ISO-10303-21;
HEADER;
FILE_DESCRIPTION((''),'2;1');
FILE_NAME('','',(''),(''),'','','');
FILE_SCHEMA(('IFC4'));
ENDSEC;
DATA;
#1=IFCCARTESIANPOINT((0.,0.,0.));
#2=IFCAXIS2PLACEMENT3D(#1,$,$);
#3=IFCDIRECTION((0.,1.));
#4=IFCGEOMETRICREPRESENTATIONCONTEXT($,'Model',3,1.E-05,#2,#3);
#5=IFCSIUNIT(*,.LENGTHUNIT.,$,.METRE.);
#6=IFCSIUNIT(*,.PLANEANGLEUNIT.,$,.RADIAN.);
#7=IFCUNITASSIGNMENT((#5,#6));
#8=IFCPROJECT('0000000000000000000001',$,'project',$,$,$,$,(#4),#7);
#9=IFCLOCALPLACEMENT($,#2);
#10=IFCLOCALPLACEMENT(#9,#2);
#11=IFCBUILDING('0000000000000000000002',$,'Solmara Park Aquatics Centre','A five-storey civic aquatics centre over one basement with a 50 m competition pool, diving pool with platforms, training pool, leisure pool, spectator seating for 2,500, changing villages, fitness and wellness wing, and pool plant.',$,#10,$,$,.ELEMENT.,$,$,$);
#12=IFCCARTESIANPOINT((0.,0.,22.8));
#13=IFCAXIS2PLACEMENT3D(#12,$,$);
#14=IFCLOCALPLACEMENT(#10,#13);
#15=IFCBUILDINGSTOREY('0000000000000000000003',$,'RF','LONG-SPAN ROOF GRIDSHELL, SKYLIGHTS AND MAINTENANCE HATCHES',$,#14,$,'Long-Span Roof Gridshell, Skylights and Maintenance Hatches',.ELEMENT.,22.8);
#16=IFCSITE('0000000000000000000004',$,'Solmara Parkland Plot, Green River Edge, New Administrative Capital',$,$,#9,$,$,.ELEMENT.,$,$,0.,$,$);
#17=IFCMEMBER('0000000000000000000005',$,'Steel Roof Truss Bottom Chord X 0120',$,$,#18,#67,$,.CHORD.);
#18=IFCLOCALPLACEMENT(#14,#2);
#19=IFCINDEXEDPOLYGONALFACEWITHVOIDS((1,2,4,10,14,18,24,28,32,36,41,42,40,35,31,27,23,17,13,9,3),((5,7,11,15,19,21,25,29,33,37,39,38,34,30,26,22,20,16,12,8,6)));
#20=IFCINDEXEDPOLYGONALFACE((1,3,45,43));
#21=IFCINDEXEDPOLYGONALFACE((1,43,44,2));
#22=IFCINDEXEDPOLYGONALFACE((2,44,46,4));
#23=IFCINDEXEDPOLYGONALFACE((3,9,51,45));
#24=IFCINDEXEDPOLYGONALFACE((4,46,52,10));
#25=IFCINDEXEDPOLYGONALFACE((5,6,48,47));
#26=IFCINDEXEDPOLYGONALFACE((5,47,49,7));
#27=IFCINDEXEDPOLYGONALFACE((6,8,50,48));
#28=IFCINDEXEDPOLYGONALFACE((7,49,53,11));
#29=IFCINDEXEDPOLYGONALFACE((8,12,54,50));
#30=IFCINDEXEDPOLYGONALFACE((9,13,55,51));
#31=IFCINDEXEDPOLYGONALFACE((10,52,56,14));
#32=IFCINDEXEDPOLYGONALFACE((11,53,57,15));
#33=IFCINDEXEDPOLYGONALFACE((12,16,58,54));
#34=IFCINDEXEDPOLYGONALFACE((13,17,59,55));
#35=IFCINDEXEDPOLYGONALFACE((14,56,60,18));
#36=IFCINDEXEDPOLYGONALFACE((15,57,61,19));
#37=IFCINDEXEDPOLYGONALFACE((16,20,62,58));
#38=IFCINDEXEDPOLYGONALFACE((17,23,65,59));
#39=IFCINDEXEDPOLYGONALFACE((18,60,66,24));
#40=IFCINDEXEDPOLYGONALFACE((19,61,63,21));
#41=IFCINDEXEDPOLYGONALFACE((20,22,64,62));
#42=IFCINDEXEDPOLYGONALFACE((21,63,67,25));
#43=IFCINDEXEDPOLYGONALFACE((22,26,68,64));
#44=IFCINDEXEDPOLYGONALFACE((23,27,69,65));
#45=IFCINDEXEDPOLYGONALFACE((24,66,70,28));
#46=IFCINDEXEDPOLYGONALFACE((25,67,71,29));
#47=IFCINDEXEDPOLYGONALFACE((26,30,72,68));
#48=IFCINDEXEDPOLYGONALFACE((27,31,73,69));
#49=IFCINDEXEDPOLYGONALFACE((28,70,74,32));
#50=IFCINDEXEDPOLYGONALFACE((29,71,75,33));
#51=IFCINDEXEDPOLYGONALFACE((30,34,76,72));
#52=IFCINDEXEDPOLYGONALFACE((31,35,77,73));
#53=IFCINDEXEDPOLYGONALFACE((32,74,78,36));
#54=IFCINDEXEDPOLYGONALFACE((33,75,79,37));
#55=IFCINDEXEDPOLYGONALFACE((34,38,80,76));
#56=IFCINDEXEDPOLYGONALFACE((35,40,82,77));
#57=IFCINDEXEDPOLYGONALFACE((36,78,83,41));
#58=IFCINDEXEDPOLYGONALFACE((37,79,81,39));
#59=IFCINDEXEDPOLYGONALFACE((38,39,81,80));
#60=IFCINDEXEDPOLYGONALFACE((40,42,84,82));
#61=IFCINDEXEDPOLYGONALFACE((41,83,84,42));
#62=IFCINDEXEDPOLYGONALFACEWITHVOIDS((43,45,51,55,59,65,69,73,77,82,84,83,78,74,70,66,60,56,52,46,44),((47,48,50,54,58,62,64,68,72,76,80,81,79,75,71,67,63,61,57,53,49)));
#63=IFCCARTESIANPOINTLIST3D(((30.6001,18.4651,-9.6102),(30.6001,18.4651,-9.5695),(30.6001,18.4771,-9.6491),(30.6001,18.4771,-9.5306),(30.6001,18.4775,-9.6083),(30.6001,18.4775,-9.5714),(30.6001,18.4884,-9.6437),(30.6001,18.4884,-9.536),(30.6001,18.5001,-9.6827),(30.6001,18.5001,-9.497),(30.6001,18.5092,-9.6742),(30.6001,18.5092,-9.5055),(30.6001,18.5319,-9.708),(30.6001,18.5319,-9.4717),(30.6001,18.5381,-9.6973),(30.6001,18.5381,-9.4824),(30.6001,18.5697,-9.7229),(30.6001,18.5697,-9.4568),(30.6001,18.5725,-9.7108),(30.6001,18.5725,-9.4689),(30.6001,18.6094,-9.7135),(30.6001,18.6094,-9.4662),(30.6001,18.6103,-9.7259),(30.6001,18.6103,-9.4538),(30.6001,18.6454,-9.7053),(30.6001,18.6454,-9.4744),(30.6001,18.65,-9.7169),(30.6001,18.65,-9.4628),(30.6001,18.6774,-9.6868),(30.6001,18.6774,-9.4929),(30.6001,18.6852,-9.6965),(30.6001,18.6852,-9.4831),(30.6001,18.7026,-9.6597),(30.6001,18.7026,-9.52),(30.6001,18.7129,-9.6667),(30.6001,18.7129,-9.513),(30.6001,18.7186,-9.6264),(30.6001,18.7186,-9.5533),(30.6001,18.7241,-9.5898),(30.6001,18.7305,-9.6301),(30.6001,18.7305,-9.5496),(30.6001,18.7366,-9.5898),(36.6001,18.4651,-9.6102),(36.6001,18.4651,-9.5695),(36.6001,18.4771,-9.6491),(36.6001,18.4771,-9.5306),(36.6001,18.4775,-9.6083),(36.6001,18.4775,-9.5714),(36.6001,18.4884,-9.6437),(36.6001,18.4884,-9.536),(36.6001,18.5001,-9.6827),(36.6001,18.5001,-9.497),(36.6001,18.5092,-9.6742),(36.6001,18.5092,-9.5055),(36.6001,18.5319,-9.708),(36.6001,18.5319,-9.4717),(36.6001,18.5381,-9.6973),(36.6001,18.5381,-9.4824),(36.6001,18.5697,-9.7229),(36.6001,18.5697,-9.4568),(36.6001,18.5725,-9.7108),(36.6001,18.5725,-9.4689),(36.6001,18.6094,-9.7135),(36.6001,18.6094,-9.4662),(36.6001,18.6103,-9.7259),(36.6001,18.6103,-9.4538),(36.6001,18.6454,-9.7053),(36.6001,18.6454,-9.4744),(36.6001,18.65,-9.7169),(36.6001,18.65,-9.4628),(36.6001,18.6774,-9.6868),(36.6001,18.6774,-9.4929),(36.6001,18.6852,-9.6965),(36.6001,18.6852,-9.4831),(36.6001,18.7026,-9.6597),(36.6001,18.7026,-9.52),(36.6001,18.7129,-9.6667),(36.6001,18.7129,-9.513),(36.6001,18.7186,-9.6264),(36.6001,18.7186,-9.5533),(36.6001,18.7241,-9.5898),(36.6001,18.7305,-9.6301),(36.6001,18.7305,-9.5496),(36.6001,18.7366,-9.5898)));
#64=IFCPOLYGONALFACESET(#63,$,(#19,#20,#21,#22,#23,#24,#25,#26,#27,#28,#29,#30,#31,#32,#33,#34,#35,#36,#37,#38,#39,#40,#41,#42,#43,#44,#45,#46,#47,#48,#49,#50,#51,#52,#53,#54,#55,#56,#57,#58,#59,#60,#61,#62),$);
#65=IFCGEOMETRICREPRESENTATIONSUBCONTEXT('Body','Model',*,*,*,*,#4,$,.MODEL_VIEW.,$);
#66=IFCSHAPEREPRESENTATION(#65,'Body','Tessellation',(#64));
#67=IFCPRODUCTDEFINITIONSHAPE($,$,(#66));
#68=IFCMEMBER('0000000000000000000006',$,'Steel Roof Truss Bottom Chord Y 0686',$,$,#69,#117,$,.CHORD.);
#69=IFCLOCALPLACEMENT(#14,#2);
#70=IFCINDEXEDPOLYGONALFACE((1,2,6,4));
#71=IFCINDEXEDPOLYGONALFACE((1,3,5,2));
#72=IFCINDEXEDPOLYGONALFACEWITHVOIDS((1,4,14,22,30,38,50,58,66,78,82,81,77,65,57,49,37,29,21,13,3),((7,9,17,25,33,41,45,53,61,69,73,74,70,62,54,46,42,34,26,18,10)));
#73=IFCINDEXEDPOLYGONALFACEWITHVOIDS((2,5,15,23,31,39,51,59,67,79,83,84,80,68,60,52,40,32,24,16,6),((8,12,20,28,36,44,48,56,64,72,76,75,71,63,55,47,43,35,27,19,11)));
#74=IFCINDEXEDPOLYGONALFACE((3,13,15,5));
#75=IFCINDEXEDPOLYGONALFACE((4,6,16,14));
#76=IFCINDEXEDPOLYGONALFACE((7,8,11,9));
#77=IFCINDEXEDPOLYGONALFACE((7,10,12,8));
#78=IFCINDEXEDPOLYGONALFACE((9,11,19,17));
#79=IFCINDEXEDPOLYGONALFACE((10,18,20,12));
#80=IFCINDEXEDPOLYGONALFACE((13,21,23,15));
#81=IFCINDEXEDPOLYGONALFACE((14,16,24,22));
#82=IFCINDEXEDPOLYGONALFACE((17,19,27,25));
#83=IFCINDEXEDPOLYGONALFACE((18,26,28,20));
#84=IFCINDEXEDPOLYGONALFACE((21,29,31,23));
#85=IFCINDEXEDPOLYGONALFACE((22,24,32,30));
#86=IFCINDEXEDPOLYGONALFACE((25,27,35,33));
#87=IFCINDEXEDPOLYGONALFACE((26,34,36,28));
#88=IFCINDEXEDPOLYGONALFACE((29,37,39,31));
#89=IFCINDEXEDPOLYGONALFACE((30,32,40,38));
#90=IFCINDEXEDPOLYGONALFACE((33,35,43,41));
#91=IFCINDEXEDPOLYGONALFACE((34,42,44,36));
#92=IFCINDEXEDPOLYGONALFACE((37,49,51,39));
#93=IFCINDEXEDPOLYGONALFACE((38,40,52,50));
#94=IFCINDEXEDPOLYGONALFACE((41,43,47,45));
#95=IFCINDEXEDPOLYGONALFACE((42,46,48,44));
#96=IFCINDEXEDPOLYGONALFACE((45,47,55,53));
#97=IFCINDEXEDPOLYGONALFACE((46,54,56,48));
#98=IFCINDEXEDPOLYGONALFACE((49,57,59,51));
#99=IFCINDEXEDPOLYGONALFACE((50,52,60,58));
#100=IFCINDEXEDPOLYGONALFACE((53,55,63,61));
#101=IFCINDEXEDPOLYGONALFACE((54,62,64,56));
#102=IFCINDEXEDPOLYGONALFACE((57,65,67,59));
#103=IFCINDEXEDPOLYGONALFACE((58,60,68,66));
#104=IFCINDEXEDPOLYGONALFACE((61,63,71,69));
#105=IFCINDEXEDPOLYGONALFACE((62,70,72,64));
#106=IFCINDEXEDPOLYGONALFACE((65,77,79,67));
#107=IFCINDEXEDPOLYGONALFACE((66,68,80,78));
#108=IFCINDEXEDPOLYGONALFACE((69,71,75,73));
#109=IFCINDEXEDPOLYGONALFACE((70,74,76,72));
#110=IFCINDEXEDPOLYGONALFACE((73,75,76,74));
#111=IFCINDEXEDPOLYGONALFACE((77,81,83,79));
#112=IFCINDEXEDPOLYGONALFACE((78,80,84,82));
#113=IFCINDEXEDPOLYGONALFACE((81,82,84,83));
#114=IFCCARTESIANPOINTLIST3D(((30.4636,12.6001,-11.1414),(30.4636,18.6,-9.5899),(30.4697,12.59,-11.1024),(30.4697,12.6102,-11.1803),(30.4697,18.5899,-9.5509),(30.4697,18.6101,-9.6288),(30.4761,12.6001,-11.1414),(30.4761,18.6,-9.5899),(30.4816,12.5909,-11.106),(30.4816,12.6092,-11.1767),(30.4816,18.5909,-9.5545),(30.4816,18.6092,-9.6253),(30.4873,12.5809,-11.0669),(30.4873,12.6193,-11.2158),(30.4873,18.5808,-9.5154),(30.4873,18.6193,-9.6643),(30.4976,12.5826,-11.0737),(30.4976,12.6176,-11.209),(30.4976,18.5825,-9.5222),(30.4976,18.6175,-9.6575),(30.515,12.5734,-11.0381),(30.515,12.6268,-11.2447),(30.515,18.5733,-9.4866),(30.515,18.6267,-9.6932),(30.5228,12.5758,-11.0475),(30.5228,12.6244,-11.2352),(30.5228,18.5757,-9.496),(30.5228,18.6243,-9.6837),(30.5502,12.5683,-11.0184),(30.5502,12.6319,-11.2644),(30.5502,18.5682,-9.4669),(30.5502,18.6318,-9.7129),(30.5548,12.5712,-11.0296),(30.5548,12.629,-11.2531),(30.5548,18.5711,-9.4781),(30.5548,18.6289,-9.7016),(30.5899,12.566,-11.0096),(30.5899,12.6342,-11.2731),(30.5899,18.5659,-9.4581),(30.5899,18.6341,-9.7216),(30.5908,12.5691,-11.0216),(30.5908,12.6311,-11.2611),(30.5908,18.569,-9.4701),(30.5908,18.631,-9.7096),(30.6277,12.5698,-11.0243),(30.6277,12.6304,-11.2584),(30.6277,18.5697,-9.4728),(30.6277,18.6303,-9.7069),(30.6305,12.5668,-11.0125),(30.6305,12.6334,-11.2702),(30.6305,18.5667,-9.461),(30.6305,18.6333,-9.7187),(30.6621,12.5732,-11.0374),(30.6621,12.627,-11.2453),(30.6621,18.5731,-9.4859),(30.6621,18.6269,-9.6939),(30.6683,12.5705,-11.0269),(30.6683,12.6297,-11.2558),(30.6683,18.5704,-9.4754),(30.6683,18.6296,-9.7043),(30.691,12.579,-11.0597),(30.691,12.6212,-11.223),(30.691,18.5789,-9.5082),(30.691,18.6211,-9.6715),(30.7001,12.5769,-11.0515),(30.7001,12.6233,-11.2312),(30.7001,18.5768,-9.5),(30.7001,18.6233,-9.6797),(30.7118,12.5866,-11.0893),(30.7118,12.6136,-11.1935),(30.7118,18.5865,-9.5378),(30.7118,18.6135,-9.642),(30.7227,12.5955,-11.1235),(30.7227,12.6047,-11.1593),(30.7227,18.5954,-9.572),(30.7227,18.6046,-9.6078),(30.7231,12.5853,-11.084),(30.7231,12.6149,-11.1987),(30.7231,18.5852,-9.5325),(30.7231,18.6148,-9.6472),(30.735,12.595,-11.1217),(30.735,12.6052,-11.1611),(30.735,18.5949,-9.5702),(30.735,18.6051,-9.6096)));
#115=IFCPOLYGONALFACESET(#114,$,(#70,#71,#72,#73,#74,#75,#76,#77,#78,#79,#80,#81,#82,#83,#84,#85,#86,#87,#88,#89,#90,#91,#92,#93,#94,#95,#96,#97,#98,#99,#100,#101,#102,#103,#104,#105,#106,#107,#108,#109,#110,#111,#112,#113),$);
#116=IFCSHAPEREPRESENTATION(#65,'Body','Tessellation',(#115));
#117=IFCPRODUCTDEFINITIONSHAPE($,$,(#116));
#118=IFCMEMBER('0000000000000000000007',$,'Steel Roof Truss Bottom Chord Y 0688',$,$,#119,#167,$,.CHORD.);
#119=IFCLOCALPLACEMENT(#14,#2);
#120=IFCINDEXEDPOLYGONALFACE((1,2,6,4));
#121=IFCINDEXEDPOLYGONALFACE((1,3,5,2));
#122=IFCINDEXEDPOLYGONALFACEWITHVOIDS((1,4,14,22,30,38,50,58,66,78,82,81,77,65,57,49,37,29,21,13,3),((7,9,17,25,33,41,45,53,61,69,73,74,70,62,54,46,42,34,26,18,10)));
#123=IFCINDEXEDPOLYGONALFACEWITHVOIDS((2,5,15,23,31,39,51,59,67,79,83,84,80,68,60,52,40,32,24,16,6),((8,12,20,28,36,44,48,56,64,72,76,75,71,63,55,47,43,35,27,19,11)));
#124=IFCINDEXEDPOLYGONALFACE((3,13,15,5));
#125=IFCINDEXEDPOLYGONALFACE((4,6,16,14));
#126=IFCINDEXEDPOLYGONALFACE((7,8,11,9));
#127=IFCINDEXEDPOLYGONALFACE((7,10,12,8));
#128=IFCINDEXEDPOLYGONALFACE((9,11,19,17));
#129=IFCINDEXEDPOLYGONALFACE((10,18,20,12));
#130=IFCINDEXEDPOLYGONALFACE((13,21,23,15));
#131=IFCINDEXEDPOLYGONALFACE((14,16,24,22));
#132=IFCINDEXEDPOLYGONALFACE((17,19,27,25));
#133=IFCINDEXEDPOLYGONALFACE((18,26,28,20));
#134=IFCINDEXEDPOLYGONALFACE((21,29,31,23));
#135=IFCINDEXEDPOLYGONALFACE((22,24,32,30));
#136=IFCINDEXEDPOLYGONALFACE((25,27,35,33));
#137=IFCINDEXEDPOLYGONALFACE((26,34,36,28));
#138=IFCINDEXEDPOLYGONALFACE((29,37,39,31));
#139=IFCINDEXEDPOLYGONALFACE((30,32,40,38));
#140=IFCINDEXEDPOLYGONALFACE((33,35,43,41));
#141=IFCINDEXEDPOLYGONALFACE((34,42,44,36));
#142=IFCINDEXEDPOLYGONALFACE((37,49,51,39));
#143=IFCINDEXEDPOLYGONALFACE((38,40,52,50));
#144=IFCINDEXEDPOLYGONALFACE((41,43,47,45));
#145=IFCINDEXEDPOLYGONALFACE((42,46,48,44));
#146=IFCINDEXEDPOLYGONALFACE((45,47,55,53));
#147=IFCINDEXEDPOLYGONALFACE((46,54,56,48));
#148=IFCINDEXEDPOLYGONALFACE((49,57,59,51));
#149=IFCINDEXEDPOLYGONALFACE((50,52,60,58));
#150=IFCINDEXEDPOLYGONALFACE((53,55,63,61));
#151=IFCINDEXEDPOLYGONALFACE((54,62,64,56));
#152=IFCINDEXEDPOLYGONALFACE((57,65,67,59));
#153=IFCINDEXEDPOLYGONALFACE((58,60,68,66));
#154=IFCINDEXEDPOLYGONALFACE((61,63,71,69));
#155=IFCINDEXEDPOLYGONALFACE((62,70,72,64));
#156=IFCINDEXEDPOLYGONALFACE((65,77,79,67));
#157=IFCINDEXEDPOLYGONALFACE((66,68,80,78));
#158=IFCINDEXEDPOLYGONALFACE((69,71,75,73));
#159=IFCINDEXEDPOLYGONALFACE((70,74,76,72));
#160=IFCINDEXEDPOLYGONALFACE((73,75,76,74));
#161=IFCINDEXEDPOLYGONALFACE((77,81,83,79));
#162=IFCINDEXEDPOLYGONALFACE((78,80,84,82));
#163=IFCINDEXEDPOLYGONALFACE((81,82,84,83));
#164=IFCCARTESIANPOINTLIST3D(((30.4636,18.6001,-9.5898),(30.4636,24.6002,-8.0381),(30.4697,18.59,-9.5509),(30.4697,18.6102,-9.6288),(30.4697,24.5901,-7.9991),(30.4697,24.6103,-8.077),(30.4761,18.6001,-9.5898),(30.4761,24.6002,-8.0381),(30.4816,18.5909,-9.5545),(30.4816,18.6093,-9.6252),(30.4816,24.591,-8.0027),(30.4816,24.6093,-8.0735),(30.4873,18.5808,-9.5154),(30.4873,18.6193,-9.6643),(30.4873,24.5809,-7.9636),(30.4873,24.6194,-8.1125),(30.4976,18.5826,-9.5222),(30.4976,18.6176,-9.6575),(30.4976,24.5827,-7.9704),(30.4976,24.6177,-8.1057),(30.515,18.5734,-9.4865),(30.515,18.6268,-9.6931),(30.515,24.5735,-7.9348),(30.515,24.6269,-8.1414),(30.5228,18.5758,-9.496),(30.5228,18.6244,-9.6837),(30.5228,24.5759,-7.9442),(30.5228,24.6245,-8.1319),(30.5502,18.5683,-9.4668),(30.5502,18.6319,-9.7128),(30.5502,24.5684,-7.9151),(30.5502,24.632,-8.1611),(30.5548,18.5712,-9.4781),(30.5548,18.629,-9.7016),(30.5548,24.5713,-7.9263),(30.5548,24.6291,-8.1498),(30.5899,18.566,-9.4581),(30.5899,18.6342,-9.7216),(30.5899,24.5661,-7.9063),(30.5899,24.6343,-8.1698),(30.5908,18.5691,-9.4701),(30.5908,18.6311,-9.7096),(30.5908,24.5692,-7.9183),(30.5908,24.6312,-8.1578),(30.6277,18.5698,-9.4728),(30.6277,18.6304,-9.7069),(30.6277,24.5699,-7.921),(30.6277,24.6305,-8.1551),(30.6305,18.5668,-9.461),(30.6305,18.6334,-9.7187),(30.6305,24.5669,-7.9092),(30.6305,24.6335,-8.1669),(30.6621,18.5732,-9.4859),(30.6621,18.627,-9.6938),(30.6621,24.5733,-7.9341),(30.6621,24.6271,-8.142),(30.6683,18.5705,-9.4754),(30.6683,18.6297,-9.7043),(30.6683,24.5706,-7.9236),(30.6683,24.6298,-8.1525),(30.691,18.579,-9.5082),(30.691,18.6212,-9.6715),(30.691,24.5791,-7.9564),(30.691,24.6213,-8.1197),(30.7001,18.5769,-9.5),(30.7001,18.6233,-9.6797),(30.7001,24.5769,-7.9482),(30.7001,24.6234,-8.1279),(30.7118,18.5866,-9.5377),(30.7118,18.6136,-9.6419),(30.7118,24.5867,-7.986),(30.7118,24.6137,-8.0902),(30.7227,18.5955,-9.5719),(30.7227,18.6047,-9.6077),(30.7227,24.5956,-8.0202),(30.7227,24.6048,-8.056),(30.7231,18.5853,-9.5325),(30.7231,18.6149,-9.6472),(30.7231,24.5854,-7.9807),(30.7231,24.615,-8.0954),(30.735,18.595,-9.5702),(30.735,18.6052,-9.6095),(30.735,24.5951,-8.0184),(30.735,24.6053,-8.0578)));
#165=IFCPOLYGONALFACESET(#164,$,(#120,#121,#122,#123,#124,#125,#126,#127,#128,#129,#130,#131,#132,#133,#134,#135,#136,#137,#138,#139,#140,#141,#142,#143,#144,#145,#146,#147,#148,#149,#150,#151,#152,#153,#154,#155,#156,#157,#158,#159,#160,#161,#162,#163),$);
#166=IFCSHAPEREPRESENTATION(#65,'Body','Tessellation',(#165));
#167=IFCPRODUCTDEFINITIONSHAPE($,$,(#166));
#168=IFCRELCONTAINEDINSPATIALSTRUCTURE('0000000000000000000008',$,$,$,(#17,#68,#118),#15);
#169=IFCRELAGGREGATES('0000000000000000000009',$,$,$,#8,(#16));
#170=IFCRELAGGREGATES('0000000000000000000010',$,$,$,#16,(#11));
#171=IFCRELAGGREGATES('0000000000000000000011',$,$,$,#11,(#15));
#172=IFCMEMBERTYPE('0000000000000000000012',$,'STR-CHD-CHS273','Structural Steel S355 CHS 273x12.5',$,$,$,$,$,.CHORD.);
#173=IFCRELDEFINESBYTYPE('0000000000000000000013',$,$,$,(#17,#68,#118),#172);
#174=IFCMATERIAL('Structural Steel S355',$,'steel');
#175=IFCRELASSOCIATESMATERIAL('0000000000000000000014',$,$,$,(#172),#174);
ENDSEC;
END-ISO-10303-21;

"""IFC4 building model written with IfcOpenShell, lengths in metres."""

from ifc_helpers import new_model, si_unit, direction, frame, origin, origin_2d, place, context, subcontext, project, spatial, hollow_circle, extrude, material, material_profile, profile_set, type_object, element, save


model = new_model("IFC4")

# Units and contexts
model_context = context("Model", 3, precision=1e-05, world=origin(), true_north=direction((0.0, 1.0)))
body_context = subcontext(model_context, "Body", "Model", "MODEL_VIEW")
ifc_project = project(units=[si_unit("LENGTHUNIT", "METRE"), si_unit("PLANEANGLEUNIT", "RADIAN")], contexts=[model_context])

# Site, building, storey
site_placement = place(None, origin())
site = spatial("IfcSite", under=ifc_project, at=site_placement, Name="Solmara Parkland Plot, Green River Edge, New Administrative Capital", CompositionType="ELEMENT", RefElevation=0.0)
building_placement = place(site_placement, origin())
building = spatial("IfcBuilding", under=site, at=building_placement, Name="Solmara Park Aquatics Centre", Description="A five-storey civic aquatics centre over one basement with a 50 m competition pool, diving pool with platforms, training pool, leisure pool, spectator seating for 2,500, changing villages, fitness and wellness wing, and pool plant.", CompositionType="ELEMENT")
storey_placement = place(building_placement, frame((0.0, 0.0, 22.8)))
storey = spatial("IfcBuildingStorey", under=building, at=storey_placement, Name="RF", Description="LONG-SPAN ROOF GRIDSHELL, SKYLIGHTS AND MAINTENANCE HATCHES", LongName="Long-Span Roof Gridshell, Skylights and Maintenance Hatches", CompositionType="ELEMENT", Elevation=22.8)

# Members
ifc_material_1 = material(Name="Structural Steel S355", Category="steel")
ifc_material_profile_1 = material_profile(ifc_material_1, hollow_circle(Radius=0.1365, WallThickness=0.0125, at=origin_2d()), Name="CHS 273x12.5")
ifc_profile_set_1 = profile_set([ifc_material_profile_1], Name="Structural Steel S355")
member_type_1 = type_object("IfcMemberType", Name="STR-CHD-CHS273", Description="Structural Steel S355 CHS 273x12.5", PredefinedType="CHORD", material=ifc_profile_set_1)
member_1_placement = place(storey_placement, frame((30.6001, 18.6001, -9.5898), z_axis=(1.0, 0.0, 0.0), x_axis=(0.0, 1.0, 0.0)))
element("IfcMember", 1, at=member_1_placement, inside=storey, type_object=member_type_1, Name="Steel Roof Truss Bottom Chord X 0120", PredefinedType="CHORD", context=body_context, shape_type="SweptSolid", body=[
    extrude(hollow_circle(Radius=0.1365, WallThickness=0.0125, at=origin_2d()), origin(), (0.0, 0.0, 1.0), 6.0),
])
member_2_placement = place(storey_placement, frame((30.6001, 12.6001, -11.1414), z_axis=(0.0, 0.968155, 0.250351), x_axis=(-1.0, 0.0, 0.0)))
element("IfcMember", 2, at=member_2_placement, inside=storey, type_object=member_type_1, Name="Steel Roof Truss Bottom Chord Y 0686", PredefinedType="CHORD", context=body_context, shape_type="SweptSolid", body=[
    extrude(hollow_circle(Radius=0.1365, WallThickness=0.0125, at=origin_2d()), origin(), (0.0, 0.0, 1.0), 6.1973),
])
member_3_placement = place(storey_placement, frame((30.6001, 18.6001, -9.5898), z_axis=(0.0, 0.968146, 0.250388), x_axis=(-1.0, 0.0, 0.0)))
element("IfcMember", 3, at=member_3_placement, inside=storey, type_object=member_type_1, Name="Steel Roof Truss Bottom Chord Y 0688", PredefinedType="CHORD", context=body_context, shape_type="SweptSolid", body=[
    extrude(hollow_circle(Radius=0.1365, WallThickness=0.0125, at=origin_2d()), origin(), (0.0, 0.0, 1.0), 6.1975),
])

save(model, "model.ifc")
